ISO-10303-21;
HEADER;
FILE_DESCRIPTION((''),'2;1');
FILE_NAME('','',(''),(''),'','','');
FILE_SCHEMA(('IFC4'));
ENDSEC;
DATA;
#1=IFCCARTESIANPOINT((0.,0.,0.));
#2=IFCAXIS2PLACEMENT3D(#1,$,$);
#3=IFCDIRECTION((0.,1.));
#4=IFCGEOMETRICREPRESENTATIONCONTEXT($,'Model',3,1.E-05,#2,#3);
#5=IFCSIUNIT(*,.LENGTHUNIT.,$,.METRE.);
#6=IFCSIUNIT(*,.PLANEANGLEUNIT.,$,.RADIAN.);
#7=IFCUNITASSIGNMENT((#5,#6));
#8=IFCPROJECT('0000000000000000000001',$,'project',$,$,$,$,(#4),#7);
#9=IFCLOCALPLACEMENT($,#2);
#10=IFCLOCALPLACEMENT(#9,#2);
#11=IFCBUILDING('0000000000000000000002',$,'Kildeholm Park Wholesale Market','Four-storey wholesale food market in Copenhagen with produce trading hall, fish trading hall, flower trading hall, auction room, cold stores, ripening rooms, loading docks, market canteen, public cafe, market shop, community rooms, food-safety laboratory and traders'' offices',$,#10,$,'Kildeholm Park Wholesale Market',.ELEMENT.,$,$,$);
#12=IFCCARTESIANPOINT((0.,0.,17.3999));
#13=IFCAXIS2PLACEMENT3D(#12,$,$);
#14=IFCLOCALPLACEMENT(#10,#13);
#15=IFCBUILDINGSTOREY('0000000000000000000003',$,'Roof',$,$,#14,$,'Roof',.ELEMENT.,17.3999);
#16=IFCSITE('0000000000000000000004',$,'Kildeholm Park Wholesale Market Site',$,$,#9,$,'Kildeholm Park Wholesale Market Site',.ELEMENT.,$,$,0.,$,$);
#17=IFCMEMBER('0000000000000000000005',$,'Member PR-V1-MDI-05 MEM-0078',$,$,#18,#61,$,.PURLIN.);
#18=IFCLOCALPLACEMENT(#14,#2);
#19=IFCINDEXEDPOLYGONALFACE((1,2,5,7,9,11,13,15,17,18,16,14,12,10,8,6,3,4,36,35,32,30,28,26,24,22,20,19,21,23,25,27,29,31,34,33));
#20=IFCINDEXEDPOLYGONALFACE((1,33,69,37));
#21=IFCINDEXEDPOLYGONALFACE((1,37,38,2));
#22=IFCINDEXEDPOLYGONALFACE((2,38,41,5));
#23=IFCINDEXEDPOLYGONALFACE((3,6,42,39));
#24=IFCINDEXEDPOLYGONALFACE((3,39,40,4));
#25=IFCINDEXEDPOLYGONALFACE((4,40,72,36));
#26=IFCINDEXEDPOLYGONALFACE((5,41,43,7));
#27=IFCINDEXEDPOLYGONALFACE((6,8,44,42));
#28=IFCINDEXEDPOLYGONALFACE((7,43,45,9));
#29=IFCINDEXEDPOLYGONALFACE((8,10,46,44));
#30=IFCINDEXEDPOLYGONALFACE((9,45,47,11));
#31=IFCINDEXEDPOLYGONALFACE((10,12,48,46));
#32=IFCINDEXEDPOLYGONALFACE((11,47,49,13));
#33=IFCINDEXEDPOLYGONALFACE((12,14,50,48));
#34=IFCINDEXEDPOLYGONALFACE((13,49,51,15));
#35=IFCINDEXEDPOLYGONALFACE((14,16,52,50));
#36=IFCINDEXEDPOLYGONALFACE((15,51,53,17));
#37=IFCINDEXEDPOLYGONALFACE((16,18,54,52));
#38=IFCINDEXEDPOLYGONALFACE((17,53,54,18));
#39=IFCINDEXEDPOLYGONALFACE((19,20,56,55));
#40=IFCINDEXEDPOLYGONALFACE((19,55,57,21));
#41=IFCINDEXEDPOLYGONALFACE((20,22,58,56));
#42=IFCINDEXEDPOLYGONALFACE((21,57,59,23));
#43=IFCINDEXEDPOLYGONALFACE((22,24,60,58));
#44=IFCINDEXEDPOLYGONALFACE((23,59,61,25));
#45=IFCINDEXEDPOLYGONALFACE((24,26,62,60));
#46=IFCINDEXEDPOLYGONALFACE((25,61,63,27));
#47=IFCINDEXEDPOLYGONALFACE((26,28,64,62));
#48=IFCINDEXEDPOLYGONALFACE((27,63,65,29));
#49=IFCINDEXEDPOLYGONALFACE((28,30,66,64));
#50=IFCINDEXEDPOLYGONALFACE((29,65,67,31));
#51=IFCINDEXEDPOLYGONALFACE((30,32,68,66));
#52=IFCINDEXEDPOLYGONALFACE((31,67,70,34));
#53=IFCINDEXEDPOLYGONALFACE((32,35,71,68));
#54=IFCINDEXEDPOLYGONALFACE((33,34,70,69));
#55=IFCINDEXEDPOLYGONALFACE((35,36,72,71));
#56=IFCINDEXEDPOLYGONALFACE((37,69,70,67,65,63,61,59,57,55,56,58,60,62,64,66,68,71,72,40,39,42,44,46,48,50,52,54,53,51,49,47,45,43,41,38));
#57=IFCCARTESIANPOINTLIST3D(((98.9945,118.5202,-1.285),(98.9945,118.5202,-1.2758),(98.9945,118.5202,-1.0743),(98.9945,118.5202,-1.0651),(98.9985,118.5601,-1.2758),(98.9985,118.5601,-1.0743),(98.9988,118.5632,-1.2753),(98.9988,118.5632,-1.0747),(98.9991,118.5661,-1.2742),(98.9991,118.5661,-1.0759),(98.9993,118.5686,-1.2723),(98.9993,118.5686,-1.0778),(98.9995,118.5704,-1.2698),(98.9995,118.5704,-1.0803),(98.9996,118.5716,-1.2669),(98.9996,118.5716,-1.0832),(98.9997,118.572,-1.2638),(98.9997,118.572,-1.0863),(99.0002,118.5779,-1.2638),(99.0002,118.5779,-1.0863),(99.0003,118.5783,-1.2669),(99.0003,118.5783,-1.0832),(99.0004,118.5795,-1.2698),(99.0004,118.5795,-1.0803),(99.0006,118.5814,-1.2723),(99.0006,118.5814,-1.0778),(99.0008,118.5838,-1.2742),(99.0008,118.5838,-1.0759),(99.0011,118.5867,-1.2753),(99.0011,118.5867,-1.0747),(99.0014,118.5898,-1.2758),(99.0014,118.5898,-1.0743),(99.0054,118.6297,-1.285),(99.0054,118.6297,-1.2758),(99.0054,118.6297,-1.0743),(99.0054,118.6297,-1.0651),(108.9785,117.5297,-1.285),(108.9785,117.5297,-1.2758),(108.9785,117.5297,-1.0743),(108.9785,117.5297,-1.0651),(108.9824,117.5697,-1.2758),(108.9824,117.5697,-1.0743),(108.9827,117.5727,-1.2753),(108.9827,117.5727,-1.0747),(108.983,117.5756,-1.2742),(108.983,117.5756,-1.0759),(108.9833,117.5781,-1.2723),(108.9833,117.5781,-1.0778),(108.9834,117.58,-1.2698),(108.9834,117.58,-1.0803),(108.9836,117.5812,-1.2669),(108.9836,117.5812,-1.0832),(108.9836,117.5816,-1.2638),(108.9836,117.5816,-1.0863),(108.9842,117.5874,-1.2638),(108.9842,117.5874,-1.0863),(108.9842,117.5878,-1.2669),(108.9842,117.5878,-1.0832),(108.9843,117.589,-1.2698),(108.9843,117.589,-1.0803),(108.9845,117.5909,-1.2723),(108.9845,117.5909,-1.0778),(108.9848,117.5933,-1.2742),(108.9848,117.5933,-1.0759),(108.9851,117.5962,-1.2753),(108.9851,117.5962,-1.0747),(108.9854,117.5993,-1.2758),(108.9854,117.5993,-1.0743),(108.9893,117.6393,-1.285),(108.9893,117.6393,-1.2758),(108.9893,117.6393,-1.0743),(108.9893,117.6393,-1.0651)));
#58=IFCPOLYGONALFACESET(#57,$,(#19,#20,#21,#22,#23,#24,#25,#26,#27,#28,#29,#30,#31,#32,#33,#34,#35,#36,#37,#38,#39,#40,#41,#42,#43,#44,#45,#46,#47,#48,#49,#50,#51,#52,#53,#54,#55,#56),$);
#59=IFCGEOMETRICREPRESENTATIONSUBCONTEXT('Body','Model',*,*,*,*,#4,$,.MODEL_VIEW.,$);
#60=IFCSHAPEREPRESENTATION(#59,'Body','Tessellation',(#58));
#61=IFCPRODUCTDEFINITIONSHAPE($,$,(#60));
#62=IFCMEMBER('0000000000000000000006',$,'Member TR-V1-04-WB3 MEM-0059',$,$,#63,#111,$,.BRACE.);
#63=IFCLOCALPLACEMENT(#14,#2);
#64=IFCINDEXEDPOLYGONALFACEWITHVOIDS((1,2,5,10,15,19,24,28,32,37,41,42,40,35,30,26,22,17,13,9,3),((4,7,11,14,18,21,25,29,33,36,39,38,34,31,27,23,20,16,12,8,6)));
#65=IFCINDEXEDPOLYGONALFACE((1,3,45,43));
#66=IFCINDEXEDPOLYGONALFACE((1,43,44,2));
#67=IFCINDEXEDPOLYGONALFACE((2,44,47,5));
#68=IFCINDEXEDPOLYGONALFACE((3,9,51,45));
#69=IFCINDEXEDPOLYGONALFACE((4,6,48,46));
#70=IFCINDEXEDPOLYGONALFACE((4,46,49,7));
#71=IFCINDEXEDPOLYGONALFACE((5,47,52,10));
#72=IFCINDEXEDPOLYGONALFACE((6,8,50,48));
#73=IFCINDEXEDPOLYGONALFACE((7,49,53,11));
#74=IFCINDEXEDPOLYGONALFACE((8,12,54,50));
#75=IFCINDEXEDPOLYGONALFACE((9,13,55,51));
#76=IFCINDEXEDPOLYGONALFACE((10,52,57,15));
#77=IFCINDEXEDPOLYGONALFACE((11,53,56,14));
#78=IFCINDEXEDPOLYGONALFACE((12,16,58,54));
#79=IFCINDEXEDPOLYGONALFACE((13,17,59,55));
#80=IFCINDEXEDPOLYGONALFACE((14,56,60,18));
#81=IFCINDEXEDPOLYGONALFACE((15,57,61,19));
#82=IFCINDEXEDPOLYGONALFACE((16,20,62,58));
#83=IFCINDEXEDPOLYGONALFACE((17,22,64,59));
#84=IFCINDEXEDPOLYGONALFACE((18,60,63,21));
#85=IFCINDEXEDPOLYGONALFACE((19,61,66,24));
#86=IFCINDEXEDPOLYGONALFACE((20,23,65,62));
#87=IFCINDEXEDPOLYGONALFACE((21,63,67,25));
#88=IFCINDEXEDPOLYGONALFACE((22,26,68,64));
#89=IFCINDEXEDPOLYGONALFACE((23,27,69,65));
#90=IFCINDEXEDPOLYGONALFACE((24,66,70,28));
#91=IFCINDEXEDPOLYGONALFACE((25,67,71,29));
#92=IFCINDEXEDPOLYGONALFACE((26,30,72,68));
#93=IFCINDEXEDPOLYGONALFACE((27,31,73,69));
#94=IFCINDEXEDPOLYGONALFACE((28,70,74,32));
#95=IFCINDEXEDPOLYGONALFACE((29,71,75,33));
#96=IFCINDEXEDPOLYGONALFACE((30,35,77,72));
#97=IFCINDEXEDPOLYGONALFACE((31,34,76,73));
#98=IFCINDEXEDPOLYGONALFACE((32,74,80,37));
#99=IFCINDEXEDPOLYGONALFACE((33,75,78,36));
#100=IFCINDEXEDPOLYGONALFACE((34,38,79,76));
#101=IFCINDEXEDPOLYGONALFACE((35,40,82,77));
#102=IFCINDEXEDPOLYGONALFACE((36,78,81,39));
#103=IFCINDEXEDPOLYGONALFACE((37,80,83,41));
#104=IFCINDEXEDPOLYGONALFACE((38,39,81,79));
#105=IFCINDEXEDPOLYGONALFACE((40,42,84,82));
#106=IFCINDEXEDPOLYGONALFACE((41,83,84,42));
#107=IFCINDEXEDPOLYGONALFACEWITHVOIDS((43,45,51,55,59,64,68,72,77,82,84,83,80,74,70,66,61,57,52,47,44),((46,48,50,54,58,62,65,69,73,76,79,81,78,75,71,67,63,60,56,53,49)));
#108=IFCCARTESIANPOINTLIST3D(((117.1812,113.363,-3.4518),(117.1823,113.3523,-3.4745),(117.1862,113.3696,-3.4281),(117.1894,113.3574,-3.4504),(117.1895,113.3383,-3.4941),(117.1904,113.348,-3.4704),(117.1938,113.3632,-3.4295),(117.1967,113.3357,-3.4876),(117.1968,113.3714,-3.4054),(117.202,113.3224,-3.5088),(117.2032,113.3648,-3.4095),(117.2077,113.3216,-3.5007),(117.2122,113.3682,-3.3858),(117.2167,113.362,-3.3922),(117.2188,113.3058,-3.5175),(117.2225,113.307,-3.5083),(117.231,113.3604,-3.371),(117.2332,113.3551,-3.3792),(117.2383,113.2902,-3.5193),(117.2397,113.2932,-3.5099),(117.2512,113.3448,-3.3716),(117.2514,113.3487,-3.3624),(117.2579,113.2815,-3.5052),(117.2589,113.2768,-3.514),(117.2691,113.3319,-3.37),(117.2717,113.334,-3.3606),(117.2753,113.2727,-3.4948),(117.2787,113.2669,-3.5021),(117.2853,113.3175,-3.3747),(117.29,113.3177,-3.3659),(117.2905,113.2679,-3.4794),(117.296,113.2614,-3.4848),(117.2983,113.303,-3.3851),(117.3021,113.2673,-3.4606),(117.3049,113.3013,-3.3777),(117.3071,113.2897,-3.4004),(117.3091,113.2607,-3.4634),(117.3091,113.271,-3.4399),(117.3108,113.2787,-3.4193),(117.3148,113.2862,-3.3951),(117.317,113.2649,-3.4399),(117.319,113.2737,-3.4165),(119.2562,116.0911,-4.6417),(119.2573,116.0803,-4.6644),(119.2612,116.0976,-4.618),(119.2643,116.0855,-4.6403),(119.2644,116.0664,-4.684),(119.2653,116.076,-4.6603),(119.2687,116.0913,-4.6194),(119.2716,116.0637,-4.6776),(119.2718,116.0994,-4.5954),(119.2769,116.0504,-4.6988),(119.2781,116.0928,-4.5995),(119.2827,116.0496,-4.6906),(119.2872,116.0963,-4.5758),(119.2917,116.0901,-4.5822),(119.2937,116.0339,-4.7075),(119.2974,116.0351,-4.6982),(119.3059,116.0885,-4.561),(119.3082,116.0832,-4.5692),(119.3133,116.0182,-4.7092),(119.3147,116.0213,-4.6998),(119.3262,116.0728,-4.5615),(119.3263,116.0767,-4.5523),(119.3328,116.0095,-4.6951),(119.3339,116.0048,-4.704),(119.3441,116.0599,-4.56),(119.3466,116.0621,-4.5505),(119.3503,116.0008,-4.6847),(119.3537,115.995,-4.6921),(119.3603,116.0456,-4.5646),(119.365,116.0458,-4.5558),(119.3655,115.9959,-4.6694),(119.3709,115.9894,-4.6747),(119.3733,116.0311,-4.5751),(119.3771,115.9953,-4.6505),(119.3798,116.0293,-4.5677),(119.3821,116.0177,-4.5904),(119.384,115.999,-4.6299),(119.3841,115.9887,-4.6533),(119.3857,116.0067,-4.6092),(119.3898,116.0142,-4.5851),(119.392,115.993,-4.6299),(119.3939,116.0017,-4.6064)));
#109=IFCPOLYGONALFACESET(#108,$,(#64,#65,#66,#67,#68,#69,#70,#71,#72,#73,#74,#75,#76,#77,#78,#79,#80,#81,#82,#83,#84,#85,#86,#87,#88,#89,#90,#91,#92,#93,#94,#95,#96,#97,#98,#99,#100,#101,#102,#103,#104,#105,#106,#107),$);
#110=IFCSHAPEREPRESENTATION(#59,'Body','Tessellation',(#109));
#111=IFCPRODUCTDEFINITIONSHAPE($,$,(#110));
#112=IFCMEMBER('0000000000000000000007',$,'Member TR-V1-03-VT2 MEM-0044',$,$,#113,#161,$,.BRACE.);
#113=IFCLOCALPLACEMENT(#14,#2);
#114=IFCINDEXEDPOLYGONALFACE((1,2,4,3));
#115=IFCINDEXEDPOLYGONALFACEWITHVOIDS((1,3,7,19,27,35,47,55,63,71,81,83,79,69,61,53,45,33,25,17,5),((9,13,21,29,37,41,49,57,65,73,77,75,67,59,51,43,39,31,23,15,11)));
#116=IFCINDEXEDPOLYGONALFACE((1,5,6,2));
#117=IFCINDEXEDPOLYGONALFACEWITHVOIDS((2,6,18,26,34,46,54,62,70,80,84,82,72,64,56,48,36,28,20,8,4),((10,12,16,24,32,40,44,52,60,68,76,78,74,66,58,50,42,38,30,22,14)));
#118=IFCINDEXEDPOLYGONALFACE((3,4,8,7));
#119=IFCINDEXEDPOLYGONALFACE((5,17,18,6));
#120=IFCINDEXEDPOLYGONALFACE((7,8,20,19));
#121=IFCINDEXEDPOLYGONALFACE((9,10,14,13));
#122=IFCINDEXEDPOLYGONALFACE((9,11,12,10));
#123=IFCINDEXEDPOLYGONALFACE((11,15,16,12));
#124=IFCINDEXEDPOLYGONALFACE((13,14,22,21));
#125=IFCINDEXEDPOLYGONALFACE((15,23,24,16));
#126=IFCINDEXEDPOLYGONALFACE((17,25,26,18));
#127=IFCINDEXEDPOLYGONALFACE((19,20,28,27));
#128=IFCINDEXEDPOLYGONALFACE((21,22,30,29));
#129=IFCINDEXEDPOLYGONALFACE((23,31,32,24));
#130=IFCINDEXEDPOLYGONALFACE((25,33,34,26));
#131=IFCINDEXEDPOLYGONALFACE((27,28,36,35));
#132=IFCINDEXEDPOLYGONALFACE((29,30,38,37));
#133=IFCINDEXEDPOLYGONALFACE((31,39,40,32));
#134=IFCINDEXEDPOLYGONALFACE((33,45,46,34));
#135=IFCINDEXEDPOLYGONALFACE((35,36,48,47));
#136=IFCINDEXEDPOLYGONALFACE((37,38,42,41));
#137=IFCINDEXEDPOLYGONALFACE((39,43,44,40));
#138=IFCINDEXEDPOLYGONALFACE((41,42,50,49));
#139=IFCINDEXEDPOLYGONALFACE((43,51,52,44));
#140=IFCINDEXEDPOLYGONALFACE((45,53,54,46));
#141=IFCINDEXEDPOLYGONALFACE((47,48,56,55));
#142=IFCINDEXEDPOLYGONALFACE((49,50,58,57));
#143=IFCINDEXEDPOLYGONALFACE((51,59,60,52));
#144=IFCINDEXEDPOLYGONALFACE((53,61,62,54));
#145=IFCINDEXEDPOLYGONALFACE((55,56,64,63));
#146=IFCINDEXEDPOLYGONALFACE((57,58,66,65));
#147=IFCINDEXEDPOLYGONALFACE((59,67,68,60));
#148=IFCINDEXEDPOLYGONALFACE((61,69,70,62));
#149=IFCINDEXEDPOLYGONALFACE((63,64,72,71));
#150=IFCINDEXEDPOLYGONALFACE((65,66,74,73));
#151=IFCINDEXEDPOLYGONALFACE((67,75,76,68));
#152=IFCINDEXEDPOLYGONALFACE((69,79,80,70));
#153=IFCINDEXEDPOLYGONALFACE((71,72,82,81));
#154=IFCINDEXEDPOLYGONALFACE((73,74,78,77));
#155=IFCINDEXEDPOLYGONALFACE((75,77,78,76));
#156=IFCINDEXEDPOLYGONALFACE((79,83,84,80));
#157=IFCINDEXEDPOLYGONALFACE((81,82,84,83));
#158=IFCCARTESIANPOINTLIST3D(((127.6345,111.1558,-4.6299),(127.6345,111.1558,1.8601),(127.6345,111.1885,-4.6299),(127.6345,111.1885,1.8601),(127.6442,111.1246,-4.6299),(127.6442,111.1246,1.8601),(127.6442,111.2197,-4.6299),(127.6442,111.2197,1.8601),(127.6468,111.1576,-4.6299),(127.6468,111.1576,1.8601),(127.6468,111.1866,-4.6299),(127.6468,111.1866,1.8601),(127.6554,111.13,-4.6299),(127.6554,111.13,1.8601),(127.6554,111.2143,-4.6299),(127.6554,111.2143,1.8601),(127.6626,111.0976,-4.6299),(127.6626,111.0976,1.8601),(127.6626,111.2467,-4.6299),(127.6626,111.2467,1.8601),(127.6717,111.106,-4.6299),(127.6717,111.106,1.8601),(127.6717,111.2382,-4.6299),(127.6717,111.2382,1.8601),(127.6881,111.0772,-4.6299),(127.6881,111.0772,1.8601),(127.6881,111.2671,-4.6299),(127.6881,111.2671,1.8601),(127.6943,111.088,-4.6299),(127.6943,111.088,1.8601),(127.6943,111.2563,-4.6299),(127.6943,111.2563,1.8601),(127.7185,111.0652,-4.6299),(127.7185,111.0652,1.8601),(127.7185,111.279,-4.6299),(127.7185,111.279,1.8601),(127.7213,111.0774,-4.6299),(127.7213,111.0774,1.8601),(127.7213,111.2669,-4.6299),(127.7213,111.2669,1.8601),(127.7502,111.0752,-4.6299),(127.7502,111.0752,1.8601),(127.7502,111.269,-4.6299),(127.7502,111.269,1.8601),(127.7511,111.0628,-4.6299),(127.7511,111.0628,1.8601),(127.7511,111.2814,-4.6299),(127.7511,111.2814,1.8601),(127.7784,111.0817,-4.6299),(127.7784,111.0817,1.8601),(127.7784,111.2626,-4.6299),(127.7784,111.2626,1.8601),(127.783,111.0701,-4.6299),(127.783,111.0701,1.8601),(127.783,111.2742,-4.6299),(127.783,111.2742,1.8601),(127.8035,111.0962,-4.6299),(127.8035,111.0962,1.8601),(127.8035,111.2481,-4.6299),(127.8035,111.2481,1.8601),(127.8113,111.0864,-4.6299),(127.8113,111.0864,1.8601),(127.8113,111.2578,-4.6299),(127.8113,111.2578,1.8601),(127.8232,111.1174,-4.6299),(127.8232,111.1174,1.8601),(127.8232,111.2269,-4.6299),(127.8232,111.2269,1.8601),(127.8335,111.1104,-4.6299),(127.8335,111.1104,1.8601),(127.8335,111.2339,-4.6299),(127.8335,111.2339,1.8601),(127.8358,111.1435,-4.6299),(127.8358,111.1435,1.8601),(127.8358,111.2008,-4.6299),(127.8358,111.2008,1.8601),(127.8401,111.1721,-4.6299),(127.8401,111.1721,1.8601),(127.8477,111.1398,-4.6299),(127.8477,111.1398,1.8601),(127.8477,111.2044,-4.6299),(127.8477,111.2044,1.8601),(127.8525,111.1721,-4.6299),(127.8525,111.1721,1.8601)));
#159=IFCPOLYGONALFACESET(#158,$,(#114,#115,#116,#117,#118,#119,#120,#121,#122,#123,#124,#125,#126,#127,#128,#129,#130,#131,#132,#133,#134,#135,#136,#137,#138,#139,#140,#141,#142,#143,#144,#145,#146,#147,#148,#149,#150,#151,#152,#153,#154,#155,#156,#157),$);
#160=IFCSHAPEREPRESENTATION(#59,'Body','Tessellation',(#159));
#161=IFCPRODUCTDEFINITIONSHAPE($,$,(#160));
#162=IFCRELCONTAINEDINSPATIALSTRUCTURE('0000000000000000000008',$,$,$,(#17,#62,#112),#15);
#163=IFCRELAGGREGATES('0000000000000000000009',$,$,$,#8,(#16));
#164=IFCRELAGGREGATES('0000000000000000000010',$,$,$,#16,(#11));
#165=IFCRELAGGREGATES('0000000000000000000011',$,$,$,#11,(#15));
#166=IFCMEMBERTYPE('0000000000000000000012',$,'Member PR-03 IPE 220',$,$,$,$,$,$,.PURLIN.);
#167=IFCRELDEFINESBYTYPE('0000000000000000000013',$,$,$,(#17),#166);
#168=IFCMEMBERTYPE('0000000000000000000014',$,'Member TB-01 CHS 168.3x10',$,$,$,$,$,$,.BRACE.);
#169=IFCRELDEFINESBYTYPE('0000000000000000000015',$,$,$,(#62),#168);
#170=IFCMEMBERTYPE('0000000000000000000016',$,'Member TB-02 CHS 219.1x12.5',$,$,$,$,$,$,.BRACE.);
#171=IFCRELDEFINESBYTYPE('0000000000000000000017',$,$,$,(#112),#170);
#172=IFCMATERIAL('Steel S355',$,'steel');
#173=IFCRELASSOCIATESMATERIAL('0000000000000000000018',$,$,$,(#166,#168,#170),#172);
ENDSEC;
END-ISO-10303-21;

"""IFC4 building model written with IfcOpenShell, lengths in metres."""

from ifc_helpers import new_model, si_unit, direction, frame, origin, origin_2d, place, context, subcontext, project, spatial, hollow_circle, i_section, extrude, material, material_profile, profile_set, type_object, element, save


model = new_model("IFC4")

# Units and contexts
model_context = context("Model", 3, precision=1e-05, world=origin(), true_north=direction((0.0, 1.0)))
body_context = subcontext(model_context, "Body", "Model", "MODEL_VIEW")
ifc_project = project(units=[si_unit("LENGTHUNIT", "METRE"), si_unit("PLANEANGLEUNIT", "RADIAN")], contexts=[model_context])

# Site, building, storey
site_placement = place(None, origin())
site = spatial("IfcSite", under=ifc_project, at=site_placement, Name="Kildeholm Park Wholesale Market Site", LongName="Kildeholm Park Wholesale Market Site", CompositionType="ELEMENT", RefElevation=0.0)
building_placement = place(site_placement, origin())
building = spatial("IfcBuilding", under=site, at=building_placement, Name="Kildeholm Park Wholesale Market", Description="Four-storey wholesale food market in Copenhagen with produce trading hall, fish trading hall, flower trading hall, auction room, cold stores, ripening rooms, loading docks, market canteen, public cafe, market shop, community rooms, food-safety laboratory and traders' offices", LongName="Kildeholm Park Wholesale Market", CompositionType="ELEMENT")
storey_placement = place(building_placement, frame((0.0, 0.0, 17.3999)))
storey = spatial("IfcBuildingStorey", under=building, at=storey_placement, Name="Roof", LongName="Roof", CompositionType="ELEMENT", Elevation=17.3999)

# Members
ifc_material_1 = material(Name="Steel S355", Category="steel")
ifc_material_profile_1 = material_profile(ifc_material_1, i_section(OverallWidth=0.1101, OverallDepth=0.22, WebThickness=0.0059, FlangeThickness=0.0093, FilletRadius=0.012, at=origin_2d()), Name="IPE 220")
ifc_profile_set_1 = profile_set([ifc_material_profile_1], Name="Steel S355")
member_type_1 = type_object("IfcMemberType", Name="Member PR-03 IPE 220", PredefinedType="PURLIN", material=ifc_profile_set_1)
member_1_placement = place(storey_placement, frame((108.9839, 117.5845, -1.175), z_axis=(-0.995115, 0.098723, 0.0), x_axis=(-0.098723, -0.995115, 0.0)))
element("IfcMember", 1, at=member_1_placement, inside=storey, type_object=member_type_1, Name="Member PR-V1-MDI-05 MEM-0078", PredefinedType="PURLIN", context=body_context, shape_type="SweptSolid", body=[
    extrude(i_section(OverallWidth=0.1101, OverallDepth=0.22, WebThickness=0.0059, FlangeThickness=0.0093, FilletRadius=0.012, at=origin_2d()), origin(), (0.0, 0.0, 1.0), 10.033),
])
ifc_material_profile_2 = material_profile(ifc_material_1, hollow_circle(Radius=0.0842, WallThickness=0.01, at=origin_2d()), Name="CHS 168.3x10")
ifc_profile_set_2 = profile_set([ifc_material_profile_2], Name="Steel S355")
member_type_2 = type_object("IfcMemberType", Name="Member TB-01 CHS 168.3x10", PredefinedType="BRACE", material=ifc_profile_set_2)
member_2_placement = place(storey_placement, frame((119.325, 116.0439, -4.6299), z_axis=(-0.571902, -0.751905, 0.327974), x_axis=(0.79593, -0.605388, 0.0)))
element("IfcMember", 2, at=member_2_placement, inside=storey, type_object=member_type_2, Name="Member TR-V1-04-WB3 MEM-0059", PredefinedType="BRACE", context=body_context, shape_type="SweptSolid", body=[
    extrude(hollow_circle(Radius=0.0842, WallThickness=0.01, at=origin_2d()), origin(), (0.0, 0.0, 1.0), 3.6282),
])
ifc_material_profile_3 = material_profile(ifc_material_1, hollow_circle(Radius=0.1096, WallThickness=0.0125, at=origin_2d()), Name="CHS 219.1x12.5")
ifc_profile_set_3 = profile_set([ifc_material_profile_3], Name="Steel S355")
member_type_3 = type_object("IfcMemberType", Name="Member TB-02 CHS 219.1x12.5", PredefinedType="BRACE", material=ifc_profile_set_3)
member_3_placement = place(storey_placement, frame((127.7429, 111.1721, -4.6299), z_axis=(0.0, 0.0, 1.0), x_axis=(1.0, 0.0, 0.0)))
element("IfcMember", 3, at=member_3_placement, inside=storey, type_object=member_type_3, Name="Member TR-V1-03-VT2 MEM-0044", PredefinedType="BRACE", context=body_context, shape_type="SweptSolid", body=[
    extrude(hollow_circle(Radius=0.1096, WallThickness=0.0125, at=origin_2d()), origin(), (0.0, 0.0, 1.0), 6.49),
])

save(model, "model.ifc")
